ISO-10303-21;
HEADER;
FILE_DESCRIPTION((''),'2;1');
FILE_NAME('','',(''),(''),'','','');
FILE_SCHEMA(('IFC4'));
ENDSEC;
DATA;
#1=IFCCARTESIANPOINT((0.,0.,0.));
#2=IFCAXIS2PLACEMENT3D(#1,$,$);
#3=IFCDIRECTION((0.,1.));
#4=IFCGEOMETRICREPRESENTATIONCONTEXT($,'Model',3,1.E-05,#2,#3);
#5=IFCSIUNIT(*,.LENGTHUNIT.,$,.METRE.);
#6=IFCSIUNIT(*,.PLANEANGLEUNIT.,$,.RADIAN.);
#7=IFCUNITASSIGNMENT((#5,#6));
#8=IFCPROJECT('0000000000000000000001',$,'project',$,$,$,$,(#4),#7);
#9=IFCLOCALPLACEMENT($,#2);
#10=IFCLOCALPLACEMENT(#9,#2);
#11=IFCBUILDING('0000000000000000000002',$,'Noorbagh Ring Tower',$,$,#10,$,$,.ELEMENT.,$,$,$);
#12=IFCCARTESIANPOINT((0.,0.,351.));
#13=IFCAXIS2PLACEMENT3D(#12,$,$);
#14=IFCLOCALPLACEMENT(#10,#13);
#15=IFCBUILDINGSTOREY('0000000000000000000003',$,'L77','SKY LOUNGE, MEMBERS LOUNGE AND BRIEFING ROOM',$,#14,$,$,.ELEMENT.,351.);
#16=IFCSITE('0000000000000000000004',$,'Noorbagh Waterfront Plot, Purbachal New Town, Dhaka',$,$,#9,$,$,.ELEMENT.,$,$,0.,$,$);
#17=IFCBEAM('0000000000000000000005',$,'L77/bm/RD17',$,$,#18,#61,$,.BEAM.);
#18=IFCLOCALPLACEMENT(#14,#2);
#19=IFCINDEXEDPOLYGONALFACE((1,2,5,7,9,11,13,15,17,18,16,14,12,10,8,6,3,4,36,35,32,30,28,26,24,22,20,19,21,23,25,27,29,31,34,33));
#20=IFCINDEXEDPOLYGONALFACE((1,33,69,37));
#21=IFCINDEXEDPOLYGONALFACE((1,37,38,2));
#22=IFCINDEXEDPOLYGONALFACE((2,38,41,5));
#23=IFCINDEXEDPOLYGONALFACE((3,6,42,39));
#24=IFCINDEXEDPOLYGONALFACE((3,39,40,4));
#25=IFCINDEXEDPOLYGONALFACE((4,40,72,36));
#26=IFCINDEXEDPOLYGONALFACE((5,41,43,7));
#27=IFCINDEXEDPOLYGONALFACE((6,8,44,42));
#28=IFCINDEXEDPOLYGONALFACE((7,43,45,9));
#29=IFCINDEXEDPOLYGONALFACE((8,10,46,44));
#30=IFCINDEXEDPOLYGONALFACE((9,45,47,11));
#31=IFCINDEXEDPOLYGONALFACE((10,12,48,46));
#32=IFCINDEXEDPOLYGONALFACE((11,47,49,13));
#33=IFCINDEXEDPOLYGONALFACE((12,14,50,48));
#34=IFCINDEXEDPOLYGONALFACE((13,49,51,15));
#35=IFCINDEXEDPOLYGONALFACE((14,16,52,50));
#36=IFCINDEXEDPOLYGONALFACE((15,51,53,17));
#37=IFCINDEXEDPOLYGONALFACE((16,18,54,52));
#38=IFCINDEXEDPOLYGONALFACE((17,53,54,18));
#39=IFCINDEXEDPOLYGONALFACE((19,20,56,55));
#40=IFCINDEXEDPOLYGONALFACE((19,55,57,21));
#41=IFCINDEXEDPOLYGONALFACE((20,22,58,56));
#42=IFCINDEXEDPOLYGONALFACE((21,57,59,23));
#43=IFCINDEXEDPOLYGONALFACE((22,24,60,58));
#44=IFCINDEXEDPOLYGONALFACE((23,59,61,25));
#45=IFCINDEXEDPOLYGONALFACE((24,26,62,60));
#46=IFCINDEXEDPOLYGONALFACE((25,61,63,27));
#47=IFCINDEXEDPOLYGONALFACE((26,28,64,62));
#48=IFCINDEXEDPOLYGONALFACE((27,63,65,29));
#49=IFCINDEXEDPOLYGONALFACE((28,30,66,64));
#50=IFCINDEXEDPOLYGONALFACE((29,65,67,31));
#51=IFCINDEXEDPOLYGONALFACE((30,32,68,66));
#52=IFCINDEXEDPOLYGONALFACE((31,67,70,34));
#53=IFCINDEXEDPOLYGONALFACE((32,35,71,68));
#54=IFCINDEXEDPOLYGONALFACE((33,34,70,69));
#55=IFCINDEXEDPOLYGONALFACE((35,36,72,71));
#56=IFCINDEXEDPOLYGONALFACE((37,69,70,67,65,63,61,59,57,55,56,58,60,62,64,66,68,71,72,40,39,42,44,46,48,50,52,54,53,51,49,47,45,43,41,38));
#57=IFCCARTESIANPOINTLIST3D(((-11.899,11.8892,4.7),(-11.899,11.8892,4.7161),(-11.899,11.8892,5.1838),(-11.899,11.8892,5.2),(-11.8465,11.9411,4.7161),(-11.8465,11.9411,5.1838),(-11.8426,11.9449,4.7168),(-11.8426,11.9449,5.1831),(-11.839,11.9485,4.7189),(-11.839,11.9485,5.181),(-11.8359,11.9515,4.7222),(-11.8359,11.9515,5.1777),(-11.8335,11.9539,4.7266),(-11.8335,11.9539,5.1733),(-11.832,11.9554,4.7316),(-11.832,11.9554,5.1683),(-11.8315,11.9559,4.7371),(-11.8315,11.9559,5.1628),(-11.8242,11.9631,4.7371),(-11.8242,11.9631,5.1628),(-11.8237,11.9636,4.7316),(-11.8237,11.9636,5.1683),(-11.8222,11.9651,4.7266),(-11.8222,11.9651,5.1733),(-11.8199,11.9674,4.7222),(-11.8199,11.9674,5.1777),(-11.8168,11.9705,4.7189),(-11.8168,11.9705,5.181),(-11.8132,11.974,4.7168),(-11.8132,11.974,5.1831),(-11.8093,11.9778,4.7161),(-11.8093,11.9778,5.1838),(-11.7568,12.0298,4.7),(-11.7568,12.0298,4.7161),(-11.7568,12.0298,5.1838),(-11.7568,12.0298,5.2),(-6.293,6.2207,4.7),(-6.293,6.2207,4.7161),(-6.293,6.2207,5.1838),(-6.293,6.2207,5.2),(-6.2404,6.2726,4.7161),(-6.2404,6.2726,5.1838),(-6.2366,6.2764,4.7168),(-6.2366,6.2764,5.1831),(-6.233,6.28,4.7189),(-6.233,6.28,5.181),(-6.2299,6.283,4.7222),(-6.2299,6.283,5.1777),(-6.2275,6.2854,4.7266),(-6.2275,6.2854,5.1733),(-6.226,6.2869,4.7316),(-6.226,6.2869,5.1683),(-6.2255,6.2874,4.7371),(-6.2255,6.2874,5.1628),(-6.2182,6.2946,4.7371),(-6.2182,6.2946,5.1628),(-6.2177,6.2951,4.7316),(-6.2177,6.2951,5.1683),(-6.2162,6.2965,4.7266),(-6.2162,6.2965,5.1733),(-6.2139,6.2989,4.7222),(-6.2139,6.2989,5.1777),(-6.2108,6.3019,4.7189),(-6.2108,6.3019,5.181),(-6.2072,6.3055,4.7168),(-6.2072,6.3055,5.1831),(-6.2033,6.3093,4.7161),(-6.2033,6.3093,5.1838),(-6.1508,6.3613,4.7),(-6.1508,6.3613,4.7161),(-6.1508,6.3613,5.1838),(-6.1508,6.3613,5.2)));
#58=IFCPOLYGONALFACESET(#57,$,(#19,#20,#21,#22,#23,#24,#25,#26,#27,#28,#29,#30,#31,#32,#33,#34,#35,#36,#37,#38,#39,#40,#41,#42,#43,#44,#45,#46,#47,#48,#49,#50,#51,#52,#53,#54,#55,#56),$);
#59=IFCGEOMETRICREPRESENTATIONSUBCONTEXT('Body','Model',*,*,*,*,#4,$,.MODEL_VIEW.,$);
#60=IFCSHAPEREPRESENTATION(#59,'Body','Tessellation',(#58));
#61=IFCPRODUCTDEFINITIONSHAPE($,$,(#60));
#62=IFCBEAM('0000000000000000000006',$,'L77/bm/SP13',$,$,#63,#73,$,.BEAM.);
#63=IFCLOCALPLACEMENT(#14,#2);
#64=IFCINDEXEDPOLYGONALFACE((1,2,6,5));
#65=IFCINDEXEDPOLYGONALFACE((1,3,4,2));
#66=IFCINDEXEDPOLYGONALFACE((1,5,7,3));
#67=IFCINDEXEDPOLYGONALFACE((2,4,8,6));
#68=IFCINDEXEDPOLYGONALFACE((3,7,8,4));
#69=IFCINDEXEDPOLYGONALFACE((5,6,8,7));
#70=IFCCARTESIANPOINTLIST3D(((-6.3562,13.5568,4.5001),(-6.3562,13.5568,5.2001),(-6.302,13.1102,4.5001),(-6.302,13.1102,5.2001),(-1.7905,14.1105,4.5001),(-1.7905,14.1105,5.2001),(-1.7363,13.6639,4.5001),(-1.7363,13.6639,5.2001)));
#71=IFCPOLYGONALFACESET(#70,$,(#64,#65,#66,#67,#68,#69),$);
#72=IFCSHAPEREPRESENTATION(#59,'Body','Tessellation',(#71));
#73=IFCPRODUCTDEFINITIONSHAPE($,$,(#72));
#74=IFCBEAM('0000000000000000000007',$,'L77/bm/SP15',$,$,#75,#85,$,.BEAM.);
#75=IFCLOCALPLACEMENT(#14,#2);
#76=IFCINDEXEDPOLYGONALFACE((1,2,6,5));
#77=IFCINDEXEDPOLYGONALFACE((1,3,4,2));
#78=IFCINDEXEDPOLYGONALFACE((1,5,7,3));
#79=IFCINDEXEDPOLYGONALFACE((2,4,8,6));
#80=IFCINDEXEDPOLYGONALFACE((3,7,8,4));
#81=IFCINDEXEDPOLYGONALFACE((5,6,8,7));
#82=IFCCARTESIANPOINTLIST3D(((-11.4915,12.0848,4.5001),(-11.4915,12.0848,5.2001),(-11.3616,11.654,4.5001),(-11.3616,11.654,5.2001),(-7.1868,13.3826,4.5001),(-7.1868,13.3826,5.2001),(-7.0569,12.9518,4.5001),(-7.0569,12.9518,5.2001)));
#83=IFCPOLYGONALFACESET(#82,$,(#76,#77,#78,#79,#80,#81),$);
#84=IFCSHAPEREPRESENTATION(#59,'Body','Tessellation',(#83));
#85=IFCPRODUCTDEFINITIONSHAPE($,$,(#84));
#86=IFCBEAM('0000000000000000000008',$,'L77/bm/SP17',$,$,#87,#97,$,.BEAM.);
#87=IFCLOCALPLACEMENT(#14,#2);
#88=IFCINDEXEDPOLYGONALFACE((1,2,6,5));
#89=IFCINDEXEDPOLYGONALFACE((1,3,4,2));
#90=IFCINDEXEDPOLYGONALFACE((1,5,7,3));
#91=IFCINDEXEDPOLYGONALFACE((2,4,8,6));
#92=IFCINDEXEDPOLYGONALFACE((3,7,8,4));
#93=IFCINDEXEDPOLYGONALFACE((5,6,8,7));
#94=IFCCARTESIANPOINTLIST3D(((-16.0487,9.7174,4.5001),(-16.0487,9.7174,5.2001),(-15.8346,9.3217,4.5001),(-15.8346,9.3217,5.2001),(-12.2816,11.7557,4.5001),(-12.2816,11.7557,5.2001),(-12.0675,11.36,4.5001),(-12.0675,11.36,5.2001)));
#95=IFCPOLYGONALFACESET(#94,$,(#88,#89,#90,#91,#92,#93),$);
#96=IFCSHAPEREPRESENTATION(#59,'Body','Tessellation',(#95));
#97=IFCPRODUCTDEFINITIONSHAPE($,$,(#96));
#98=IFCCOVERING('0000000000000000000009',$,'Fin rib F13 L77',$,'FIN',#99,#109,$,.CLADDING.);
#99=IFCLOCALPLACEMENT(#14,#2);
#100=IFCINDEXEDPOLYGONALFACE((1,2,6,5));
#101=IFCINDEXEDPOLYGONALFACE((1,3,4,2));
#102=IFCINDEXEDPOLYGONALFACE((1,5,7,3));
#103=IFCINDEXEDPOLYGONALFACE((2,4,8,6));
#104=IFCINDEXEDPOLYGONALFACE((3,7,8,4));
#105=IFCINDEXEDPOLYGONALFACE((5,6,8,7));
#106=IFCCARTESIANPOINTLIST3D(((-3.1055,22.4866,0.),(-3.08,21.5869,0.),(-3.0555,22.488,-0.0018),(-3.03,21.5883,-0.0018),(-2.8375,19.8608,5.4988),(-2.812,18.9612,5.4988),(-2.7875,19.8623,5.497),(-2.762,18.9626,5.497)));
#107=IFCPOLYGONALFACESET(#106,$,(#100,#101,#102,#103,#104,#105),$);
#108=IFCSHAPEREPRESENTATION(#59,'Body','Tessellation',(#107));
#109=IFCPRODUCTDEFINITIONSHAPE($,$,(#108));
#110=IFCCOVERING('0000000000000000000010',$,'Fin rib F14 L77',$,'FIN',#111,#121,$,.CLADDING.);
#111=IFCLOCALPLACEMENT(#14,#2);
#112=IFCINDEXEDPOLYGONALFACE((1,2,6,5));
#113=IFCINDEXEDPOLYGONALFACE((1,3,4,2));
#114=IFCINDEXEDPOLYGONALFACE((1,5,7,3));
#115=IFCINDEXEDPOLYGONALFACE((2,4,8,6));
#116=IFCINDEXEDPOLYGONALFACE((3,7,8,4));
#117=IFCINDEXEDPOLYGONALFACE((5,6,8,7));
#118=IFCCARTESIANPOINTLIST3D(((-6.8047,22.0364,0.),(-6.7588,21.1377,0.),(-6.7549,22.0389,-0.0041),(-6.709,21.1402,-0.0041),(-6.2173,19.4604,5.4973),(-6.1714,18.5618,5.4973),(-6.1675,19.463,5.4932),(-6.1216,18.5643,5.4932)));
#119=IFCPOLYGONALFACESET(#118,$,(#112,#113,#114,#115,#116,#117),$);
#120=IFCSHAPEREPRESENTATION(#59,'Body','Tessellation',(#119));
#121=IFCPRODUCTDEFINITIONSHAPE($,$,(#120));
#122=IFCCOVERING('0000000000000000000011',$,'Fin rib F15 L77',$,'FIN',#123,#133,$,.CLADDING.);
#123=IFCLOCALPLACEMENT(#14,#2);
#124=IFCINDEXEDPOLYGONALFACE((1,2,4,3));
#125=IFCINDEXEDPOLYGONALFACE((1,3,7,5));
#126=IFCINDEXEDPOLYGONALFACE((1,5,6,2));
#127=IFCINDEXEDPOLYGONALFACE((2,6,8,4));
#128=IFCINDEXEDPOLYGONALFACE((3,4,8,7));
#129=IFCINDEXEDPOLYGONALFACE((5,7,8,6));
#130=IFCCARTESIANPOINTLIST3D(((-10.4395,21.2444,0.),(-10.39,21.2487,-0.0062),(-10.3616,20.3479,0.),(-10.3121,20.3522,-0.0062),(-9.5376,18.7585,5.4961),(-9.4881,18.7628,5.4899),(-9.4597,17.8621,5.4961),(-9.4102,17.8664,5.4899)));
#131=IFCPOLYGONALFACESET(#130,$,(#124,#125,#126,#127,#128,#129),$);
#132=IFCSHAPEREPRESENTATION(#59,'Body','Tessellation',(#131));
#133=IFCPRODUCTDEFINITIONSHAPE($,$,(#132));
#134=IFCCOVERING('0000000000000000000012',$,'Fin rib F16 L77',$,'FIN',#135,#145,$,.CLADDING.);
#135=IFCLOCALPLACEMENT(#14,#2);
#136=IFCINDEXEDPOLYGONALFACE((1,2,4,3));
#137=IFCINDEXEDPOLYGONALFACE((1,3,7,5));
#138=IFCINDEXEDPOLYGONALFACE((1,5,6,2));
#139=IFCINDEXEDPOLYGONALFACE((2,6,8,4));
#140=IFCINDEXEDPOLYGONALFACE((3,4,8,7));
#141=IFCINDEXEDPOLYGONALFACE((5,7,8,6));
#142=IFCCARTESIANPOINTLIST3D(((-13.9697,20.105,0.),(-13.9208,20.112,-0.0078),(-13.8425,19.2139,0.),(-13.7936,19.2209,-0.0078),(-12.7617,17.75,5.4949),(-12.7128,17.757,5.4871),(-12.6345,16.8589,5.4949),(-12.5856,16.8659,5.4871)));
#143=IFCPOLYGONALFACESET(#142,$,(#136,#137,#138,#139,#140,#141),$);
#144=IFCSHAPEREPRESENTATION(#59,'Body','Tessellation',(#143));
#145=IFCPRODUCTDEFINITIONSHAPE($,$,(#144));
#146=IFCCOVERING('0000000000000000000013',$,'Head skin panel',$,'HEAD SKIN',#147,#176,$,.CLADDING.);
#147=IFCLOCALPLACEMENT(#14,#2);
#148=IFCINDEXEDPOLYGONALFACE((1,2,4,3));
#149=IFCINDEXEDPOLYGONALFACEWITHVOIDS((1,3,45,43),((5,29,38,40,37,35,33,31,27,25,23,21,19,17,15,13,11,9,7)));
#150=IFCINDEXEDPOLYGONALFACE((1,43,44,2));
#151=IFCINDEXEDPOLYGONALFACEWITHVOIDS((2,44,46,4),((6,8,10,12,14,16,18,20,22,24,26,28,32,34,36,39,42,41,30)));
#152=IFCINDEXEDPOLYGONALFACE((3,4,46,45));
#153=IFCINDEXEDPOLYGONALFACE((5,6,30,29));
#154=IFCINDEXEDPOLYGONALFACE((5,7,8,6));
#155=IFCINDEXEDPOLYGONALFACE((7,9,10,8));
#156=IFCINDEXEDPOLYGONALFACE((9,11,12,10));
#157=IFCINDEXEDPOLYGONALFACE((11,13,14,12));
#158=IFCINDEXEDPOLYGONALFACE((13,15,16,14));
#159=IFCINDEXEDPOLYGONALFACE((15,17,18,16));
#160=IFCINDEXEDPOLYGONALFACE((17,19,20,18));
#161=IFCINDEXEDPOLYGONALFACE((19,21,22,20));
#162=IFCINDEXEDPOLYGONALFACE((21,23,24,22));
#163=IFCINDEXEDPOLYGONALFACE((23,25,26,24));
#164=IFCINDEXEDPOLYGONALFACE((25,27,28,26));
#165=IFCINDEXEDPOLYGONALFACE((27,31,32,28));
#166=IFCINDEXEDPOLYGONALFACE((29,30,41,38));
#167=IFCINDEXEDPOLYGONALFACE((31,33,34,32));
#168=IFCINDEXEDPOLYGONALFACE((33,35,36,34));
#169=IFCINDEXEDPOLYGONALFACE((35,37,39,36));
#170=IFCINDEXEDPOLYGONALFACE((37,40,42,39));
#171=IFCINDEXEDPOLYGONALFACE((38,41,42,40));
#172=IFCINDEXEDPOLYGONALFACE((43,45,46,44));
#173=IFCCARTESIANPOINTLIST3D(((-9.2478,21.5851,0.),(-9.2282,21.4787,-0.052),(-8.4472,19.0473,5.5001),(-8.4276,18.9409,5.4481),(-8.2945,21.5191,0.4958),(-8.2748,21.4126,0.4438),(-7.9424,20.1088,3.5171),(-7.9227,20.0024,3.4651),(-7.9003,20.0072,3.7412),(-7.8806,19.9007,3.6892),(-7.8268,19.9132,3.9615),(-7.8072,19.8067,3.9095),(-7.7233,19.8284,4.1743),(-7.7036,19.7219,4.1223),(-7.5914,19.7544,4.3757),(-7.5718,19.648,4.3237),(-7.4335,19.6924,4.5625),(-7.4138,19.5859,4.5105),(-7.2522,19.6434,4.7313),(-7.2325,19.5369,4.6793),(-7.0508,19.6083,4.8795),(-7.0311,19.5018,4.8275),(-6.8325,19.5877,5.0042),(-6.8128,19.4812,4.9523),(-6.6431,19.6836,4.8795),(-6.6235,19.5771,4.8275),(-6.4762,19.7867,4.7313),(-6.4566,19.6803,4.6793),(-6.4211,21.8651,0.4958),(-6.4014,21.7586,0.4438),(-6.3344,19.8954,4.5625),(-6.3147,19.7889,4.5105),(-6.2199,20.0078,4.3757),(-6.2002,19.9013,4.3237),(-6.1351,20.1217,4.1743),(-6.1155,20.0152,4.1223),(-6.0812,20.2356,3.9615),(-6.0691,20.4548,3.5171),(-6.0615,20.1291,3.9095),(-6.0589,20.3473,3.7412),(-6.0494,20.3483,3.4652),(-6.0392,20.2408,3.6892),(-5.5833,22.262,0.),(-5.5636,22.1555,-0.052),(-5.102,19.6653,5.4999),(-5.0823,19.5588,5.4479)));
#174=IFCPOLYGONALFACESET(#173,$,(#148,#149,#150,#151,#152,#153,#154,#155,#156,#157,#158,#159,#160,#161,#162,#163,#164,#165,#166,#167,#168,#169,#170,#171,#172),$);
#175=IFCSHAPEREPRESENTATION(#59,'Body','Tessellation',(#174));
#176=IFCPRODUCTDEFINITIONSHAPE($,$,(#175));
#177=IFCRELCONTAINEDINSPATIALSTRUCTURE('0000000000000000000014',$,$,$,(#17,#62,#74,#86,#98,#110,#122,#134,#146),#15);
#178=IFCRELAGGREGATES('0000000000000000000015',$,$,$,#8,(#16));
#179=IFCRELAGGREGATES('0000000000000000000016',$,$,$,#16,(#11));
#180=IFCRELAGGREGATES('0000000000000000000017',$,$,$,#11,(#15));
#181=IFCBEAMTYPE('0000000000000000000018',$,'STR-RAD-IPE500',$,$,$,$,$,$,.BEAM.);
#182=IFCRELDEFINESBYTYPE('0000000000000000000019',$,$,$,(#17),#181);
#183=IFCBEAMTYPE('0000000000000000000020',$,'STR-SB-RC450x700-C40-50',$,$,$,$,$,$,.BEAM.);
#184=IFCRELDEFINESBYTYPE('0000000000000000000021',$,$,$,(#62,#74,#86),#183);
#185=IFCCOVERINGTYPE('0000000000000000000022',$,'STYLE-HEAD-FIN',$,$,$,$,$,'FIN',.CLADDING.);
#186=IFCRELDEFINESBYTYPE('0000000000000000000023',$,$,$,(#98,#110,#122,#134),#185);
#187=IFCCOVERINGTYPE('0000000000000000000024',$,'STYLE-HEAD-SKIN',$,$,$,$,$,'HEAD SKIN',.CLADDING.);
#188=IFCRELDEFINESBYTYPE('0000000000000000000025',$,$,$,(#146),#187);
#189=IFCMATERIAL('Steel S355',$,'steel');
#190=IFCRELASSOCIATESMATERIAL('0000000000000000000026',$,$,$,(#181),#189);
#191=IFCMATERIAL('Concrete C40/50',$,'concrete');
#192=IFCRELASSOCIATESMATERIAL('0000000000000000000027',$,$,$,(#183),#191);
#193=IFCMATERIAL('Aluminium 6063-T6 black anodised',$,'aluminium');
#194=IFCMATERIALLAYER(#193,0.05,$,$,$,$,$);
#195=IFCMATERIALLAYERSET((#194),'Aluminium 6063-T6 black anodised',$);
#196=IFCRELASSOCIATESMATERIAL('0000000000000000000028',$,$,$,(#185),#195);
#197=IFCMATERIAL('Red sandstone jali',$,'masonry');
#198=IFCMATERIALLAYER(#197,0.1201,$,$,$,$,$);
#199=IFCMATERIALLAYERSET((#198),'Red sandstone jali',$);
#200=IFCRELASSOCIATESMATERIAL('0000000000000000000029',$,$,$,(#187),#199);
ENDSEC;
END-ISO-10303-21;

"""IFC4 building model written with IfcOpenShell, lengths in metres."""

from ifc_helpers import new_model, si_unit, direction, frame, origin, origin_2d, place, context, subcontext, project, spatial, polyline, rectangle, i_section, outline, extrude, material, layer, layer_set, material_profile, profile_set, type_object, element, save


model = new_model("IFC4")

# Units and contexts
model_context = context("Model", 3, precision=1e-05, world=origin(), true_north=direction((0.0, 1.0)))
body_context = subcontext(model_context, "Body", "Model", "MODEL_VIEW")
ifc_project = project(units=[si_unit("LENGTHUNIT", "METRE"), si_unit("PLANEANGLEUNIT", "RADIAN")], contexts=[model_context])

# Site, building, storey
site_placement = place(None, origin())
site = spatial("IfcSite", under=ifc_project, at=site_placement, Name="Noorbagh Waterfront Plot, Purbachal New Town, Dhaka", CompositionType="ELEMENT", RefElevation=0.0)
building_placement = place(site_placement, origin())
building = spatial("IfcBuilding", under=site, at=building_placement, Name="Noorbagh Ring Tower", CompositionType="ELEMENT")
storey_placement = place(building_placement, frame((0.0, 0.0, 351.0)))
storey = spatial("IfcBuildingStorey", under=building, at=storey_placement, Name="L77", Description="SKY LOUNGE, MEMBERS LOUNGE AND BRIEFING ROOM", CompositionType="ELEMENT", Elevation=351.0)

# Beams
ifc_material_1 = material(Name="Steel S355", Category="steel")
ifc_material_profile_1 = material_profile(ifc_material_1, i_section(OverallWidth=0.2, OverallDepth=0.5, WebThickness=0.0103, FlangeThickness=0.0161, FilletRadius=0.021, at=origin_2d()), Name="IPE500")
ifc_profile_set_1 = profile_set([ifc_material_profile_1], Name="Steel S355")
beam_type_1 = type_object("IfcBeamType", Name="STR-RAD-IPE500", PredefinedType="BEAM", material=ifc_profile_set_1)
beam_1_placement = place(storey_placement, frame((-11.8279, 11.9595, 4.95), z_axis=(0.703176, -0.711016, 0.0), x_axis=(0.711016, 0.703176, 0.0)))
element("IfcBeam", 1, at=beam_1_placement, inside=storey, type_object=beam_type_1, Name="L77/bm/RD17", PredefinedType="BEAM", context=body_context, shape_type="SweptSolid", body=[
    extrude(i_section(OverallWidth=0.2, OverallDepth=0.5, WebThickness=0.0103, FlangeThickness=0.0161, FilletRadius=0.021, at=origin_2d()), origin(), (0.0, 0.0, 1.0), 7.9724),
])
ifc_material_2 = material(Name="Concrete C40/50", Category="concrete")
ifc_material_profile_2 = material_profile(ifc_material_2, rectangle(XDim=0.45, YDim=0.7, at=origin_2d()), Name="RC450x700")
ifc_profile_set_2 = profile_set([ifc_material_profile_2], Name="Concrete C40/50")
beam_type_2 = type_object("IfcBeamType", Name="STR-SB-RC450x700-C40-50", PredefinedType="BEAM", material=ifc_profile_set_2)
beam_2_placement = place(storey_placement, frame((-1.7634, 13.8872, 4.8501), z_axis=(-0.992726, -0.120395, 0.0), x_axis=(0.120395, -0.992726, 0.0)))
element("IfcBeam", 2, at=beam_2_placement, inside=storey, type_object=beam_type_2, Name="L77/bm/SP13", PredefinedType="BEAM", context=body_context, shape_type="SweptSolid", body=[
    extrude(rectangle(XDim=0.45, YDim=0.7, at=origin_2d()), origin(), (0.0, 0.0, 1.0), 4.5991),
])
beam_3_placement = place(storey_placement, frame((-7.1218, 13.1672, 4.8501), z_axis=(-0.957431, -0.288663, 0.0), x_axis=(0.288663, -0.957431, 0.0)))
element("IfcBeam", 3, at=beam_3_placement, inside=storey, type_object=beam_type_2, Name="L77/bm/SP15", PredefinedType="BEAM", context=body_context, shape_type="SweptSolid", body=[
    extrude(rectangle(XDim=0.45, YDim=0.7, at=origin_2d()), origin(), (0.0, 0.0, 1.0), 4.4961),
])
beam_4_placement = place(storey_placement, frame((-12.1746, 11.5579, 4.8501), z_axis=(-0.879505, -0.47589, 0.0), x_axis=(0.47589, -0.879505, 0.0)))
element("IfcBeam", 4, at=beam_4_placement, inside=storey, type_object=beam_type_2, Name="L77/bm/SP17", PredefinedType="BEAM", context=body_context, shape_type="SweptSolid", body=[
    extrude(rectangle(XDim=0.45, YDim=0.7, at=origin_2d()), origin(), (0.0, 0.0, 1.0), 4.2832),
])

# Coverings
ifc_material_3 = material(Name="Aluminium 6063-T6 black anodised", Category="aluminium")
ifc_layer_1 = layer(ifc_material_3, 0.05)
ifc_layer_set_1 = layer_set([ifc_layer_1], Name="Aluminium 6063-T6 black anodised")
covering_type_1 = type_object("IfcCoveringType", Name="STYLE-HEAD-FIN", ElementType="FIN", PredefinedType="CLADDING", material=ifc_layer_set_1)
covering_1_placement = place(storey_placement, frame((-3.1055, 22.4866, 0.0), z_axis=(-0.99898, -0.028329, 0.035151), x_axis=(0.04393, -0.430489, 0.901526)))
element("IfcCovering", 5, at=covering_1_placement, inside=storey, type_object=covering_type_1, Name="Fin rib F13 L77", ObjectType="FIN", PredefinedType="CLADDING", context=body_context, shape_type="SweptSolid", body=[
    extrude(outline(polyline([(0.0, 0.0), (6.0994, 0.0), (6.4878, -0.8119), (0.3884, -0.8119), (0.0, 0.0)])), origin(), (0.0, 0.0, -1.0), 0.05),
])
covering_2_placement = place(storey_placement, frame((-6.8047, 22.0364, 0.0), z_axis=(-0.995291, -0.050833, 0.08253), x_axis=(0.096307, -0.422335, 0.901309)))
element("IfcCovering", 6, at=covering_2_placement, inside=storey, type_object=covering_type_1, Name="Fin rib F14 L77", ObjectType="FIN", PredefinedType="CLADDING", context=body_context, shape_type="SweptSolid", body=[
    extrude(outline(polyline([(0.0, 0.0), (6.0993, 0.0), (6.4832, -0.8138), (0.384, -0.8138), (0.0, 0.0)])), origin(), (0.0, 0.0, -1.0), 0.05),
])
covering_3_placement = place(storey_placement, frame((-10.4395, 21.2444, 0.0), z_axis=(-0.988636, -0.085886, 0.12338), x_axis=(0.147865, -0.407571, 0.901123)))
element("IfcCovering", 7, at=covering_3_placement, inside=storey, type_object=covering_type_1, Name="Fin rib F15 L77", ObjectType="FIN", PredefinedType="CLADDING", context=body_context, shape_type="SweptSolid", body=[
    extrude(outline(polyline([(0.0, 0.0), (6.0992, 0.0), (6.4761, -0.8171), (0.3769, -0.8171), (0.0, 0.0)])), origin(), (0.0, 0.0, -1.0), 0.05),
])
covering_4_placement = place(storey_placement, frame((-13.9697, 20.105, 0.0), z_axis=(-0.977975, -0.139596, 0.155173), x_axis=(0.198064, -0.38612, 0.900934)))
element("IfcCovering", 8, at=covering_4_placement, inside=storey, type_object=covering_type_1, Name="Fin rib F16 L77", ObjectType="FIN", PredefinedType="CLADDING", context=body_context, shape_type="SweptSolid", body=[
    extrude(outline(polyline([(0.0, 0.0), (6.0991, 0.0), (6.4684, -0.8209), (0.3693, -0.8209), (0.0, 0.0)])), origin(), (0.0, 0.0, -1.0), 0.05),
])
ifc_material_4 = material(Name="Red sandstone jali", Category="masonry")
ifc_layer_2 = layer(ifc_material_4, 0.1201)
ifc_layer_set_2 = layer_set([ifc_layer_2], Name="Red sandstone jali")
covering_type_2 = type_object("IfcCoveringType", Name="STYLE-HEAD-SKIN", ElementType="HEAD SKIN", PredefinedType="CLADDING", material=ifc_layer_set_2)
covering_5_placement = place(storey_placement, frame((-5.5833, 22.262, 0.0), z_axis=(-0.163727, 0.886469, 0.432859), x_axis=(-0.983369, -0.181621, -0.000007)))
element("IfcCovering", 9, at=covering_5_placement, inside=storey, type_object=covering_type_2, Name="Head skin panel", ObjectType="HEAD SKIN", PredefinedType="CLADDING", context=body_context, shape_type="SweptSolid", body=[
    extrude(outline(polyline([(0.0, 0.0), (3.7266, 0.0), (3.4001, 6.1013), (-0.0017, 6.1011), (0.0, 0.0)]), holes=[polyline([(0.896, 0.55), (0.8059, 3.9016), (0.8154, 4.1501), (0.8577, 4.3945), (0.9314, 4.6306), (1.0354, 4.854), (1.1685, 5.0613), (1.3276, 5.2485), (1.5105, 5.4128), (1.7141, 5.5513), (1.925, 5.4128), (2.1167, 5.2485), (2.2861, 5.0613), (2.4302, 4.854), (2.5464, 4.6306), (2.6328, 4.3945), (2.688, 4.1501), (2.7109, 3.9016), (2.801, 0.55), (0.896, 0.55)])]), origin(), (0.0, 0.0, -1.0), 0.1201),
])

save(model, "model.ifc")
